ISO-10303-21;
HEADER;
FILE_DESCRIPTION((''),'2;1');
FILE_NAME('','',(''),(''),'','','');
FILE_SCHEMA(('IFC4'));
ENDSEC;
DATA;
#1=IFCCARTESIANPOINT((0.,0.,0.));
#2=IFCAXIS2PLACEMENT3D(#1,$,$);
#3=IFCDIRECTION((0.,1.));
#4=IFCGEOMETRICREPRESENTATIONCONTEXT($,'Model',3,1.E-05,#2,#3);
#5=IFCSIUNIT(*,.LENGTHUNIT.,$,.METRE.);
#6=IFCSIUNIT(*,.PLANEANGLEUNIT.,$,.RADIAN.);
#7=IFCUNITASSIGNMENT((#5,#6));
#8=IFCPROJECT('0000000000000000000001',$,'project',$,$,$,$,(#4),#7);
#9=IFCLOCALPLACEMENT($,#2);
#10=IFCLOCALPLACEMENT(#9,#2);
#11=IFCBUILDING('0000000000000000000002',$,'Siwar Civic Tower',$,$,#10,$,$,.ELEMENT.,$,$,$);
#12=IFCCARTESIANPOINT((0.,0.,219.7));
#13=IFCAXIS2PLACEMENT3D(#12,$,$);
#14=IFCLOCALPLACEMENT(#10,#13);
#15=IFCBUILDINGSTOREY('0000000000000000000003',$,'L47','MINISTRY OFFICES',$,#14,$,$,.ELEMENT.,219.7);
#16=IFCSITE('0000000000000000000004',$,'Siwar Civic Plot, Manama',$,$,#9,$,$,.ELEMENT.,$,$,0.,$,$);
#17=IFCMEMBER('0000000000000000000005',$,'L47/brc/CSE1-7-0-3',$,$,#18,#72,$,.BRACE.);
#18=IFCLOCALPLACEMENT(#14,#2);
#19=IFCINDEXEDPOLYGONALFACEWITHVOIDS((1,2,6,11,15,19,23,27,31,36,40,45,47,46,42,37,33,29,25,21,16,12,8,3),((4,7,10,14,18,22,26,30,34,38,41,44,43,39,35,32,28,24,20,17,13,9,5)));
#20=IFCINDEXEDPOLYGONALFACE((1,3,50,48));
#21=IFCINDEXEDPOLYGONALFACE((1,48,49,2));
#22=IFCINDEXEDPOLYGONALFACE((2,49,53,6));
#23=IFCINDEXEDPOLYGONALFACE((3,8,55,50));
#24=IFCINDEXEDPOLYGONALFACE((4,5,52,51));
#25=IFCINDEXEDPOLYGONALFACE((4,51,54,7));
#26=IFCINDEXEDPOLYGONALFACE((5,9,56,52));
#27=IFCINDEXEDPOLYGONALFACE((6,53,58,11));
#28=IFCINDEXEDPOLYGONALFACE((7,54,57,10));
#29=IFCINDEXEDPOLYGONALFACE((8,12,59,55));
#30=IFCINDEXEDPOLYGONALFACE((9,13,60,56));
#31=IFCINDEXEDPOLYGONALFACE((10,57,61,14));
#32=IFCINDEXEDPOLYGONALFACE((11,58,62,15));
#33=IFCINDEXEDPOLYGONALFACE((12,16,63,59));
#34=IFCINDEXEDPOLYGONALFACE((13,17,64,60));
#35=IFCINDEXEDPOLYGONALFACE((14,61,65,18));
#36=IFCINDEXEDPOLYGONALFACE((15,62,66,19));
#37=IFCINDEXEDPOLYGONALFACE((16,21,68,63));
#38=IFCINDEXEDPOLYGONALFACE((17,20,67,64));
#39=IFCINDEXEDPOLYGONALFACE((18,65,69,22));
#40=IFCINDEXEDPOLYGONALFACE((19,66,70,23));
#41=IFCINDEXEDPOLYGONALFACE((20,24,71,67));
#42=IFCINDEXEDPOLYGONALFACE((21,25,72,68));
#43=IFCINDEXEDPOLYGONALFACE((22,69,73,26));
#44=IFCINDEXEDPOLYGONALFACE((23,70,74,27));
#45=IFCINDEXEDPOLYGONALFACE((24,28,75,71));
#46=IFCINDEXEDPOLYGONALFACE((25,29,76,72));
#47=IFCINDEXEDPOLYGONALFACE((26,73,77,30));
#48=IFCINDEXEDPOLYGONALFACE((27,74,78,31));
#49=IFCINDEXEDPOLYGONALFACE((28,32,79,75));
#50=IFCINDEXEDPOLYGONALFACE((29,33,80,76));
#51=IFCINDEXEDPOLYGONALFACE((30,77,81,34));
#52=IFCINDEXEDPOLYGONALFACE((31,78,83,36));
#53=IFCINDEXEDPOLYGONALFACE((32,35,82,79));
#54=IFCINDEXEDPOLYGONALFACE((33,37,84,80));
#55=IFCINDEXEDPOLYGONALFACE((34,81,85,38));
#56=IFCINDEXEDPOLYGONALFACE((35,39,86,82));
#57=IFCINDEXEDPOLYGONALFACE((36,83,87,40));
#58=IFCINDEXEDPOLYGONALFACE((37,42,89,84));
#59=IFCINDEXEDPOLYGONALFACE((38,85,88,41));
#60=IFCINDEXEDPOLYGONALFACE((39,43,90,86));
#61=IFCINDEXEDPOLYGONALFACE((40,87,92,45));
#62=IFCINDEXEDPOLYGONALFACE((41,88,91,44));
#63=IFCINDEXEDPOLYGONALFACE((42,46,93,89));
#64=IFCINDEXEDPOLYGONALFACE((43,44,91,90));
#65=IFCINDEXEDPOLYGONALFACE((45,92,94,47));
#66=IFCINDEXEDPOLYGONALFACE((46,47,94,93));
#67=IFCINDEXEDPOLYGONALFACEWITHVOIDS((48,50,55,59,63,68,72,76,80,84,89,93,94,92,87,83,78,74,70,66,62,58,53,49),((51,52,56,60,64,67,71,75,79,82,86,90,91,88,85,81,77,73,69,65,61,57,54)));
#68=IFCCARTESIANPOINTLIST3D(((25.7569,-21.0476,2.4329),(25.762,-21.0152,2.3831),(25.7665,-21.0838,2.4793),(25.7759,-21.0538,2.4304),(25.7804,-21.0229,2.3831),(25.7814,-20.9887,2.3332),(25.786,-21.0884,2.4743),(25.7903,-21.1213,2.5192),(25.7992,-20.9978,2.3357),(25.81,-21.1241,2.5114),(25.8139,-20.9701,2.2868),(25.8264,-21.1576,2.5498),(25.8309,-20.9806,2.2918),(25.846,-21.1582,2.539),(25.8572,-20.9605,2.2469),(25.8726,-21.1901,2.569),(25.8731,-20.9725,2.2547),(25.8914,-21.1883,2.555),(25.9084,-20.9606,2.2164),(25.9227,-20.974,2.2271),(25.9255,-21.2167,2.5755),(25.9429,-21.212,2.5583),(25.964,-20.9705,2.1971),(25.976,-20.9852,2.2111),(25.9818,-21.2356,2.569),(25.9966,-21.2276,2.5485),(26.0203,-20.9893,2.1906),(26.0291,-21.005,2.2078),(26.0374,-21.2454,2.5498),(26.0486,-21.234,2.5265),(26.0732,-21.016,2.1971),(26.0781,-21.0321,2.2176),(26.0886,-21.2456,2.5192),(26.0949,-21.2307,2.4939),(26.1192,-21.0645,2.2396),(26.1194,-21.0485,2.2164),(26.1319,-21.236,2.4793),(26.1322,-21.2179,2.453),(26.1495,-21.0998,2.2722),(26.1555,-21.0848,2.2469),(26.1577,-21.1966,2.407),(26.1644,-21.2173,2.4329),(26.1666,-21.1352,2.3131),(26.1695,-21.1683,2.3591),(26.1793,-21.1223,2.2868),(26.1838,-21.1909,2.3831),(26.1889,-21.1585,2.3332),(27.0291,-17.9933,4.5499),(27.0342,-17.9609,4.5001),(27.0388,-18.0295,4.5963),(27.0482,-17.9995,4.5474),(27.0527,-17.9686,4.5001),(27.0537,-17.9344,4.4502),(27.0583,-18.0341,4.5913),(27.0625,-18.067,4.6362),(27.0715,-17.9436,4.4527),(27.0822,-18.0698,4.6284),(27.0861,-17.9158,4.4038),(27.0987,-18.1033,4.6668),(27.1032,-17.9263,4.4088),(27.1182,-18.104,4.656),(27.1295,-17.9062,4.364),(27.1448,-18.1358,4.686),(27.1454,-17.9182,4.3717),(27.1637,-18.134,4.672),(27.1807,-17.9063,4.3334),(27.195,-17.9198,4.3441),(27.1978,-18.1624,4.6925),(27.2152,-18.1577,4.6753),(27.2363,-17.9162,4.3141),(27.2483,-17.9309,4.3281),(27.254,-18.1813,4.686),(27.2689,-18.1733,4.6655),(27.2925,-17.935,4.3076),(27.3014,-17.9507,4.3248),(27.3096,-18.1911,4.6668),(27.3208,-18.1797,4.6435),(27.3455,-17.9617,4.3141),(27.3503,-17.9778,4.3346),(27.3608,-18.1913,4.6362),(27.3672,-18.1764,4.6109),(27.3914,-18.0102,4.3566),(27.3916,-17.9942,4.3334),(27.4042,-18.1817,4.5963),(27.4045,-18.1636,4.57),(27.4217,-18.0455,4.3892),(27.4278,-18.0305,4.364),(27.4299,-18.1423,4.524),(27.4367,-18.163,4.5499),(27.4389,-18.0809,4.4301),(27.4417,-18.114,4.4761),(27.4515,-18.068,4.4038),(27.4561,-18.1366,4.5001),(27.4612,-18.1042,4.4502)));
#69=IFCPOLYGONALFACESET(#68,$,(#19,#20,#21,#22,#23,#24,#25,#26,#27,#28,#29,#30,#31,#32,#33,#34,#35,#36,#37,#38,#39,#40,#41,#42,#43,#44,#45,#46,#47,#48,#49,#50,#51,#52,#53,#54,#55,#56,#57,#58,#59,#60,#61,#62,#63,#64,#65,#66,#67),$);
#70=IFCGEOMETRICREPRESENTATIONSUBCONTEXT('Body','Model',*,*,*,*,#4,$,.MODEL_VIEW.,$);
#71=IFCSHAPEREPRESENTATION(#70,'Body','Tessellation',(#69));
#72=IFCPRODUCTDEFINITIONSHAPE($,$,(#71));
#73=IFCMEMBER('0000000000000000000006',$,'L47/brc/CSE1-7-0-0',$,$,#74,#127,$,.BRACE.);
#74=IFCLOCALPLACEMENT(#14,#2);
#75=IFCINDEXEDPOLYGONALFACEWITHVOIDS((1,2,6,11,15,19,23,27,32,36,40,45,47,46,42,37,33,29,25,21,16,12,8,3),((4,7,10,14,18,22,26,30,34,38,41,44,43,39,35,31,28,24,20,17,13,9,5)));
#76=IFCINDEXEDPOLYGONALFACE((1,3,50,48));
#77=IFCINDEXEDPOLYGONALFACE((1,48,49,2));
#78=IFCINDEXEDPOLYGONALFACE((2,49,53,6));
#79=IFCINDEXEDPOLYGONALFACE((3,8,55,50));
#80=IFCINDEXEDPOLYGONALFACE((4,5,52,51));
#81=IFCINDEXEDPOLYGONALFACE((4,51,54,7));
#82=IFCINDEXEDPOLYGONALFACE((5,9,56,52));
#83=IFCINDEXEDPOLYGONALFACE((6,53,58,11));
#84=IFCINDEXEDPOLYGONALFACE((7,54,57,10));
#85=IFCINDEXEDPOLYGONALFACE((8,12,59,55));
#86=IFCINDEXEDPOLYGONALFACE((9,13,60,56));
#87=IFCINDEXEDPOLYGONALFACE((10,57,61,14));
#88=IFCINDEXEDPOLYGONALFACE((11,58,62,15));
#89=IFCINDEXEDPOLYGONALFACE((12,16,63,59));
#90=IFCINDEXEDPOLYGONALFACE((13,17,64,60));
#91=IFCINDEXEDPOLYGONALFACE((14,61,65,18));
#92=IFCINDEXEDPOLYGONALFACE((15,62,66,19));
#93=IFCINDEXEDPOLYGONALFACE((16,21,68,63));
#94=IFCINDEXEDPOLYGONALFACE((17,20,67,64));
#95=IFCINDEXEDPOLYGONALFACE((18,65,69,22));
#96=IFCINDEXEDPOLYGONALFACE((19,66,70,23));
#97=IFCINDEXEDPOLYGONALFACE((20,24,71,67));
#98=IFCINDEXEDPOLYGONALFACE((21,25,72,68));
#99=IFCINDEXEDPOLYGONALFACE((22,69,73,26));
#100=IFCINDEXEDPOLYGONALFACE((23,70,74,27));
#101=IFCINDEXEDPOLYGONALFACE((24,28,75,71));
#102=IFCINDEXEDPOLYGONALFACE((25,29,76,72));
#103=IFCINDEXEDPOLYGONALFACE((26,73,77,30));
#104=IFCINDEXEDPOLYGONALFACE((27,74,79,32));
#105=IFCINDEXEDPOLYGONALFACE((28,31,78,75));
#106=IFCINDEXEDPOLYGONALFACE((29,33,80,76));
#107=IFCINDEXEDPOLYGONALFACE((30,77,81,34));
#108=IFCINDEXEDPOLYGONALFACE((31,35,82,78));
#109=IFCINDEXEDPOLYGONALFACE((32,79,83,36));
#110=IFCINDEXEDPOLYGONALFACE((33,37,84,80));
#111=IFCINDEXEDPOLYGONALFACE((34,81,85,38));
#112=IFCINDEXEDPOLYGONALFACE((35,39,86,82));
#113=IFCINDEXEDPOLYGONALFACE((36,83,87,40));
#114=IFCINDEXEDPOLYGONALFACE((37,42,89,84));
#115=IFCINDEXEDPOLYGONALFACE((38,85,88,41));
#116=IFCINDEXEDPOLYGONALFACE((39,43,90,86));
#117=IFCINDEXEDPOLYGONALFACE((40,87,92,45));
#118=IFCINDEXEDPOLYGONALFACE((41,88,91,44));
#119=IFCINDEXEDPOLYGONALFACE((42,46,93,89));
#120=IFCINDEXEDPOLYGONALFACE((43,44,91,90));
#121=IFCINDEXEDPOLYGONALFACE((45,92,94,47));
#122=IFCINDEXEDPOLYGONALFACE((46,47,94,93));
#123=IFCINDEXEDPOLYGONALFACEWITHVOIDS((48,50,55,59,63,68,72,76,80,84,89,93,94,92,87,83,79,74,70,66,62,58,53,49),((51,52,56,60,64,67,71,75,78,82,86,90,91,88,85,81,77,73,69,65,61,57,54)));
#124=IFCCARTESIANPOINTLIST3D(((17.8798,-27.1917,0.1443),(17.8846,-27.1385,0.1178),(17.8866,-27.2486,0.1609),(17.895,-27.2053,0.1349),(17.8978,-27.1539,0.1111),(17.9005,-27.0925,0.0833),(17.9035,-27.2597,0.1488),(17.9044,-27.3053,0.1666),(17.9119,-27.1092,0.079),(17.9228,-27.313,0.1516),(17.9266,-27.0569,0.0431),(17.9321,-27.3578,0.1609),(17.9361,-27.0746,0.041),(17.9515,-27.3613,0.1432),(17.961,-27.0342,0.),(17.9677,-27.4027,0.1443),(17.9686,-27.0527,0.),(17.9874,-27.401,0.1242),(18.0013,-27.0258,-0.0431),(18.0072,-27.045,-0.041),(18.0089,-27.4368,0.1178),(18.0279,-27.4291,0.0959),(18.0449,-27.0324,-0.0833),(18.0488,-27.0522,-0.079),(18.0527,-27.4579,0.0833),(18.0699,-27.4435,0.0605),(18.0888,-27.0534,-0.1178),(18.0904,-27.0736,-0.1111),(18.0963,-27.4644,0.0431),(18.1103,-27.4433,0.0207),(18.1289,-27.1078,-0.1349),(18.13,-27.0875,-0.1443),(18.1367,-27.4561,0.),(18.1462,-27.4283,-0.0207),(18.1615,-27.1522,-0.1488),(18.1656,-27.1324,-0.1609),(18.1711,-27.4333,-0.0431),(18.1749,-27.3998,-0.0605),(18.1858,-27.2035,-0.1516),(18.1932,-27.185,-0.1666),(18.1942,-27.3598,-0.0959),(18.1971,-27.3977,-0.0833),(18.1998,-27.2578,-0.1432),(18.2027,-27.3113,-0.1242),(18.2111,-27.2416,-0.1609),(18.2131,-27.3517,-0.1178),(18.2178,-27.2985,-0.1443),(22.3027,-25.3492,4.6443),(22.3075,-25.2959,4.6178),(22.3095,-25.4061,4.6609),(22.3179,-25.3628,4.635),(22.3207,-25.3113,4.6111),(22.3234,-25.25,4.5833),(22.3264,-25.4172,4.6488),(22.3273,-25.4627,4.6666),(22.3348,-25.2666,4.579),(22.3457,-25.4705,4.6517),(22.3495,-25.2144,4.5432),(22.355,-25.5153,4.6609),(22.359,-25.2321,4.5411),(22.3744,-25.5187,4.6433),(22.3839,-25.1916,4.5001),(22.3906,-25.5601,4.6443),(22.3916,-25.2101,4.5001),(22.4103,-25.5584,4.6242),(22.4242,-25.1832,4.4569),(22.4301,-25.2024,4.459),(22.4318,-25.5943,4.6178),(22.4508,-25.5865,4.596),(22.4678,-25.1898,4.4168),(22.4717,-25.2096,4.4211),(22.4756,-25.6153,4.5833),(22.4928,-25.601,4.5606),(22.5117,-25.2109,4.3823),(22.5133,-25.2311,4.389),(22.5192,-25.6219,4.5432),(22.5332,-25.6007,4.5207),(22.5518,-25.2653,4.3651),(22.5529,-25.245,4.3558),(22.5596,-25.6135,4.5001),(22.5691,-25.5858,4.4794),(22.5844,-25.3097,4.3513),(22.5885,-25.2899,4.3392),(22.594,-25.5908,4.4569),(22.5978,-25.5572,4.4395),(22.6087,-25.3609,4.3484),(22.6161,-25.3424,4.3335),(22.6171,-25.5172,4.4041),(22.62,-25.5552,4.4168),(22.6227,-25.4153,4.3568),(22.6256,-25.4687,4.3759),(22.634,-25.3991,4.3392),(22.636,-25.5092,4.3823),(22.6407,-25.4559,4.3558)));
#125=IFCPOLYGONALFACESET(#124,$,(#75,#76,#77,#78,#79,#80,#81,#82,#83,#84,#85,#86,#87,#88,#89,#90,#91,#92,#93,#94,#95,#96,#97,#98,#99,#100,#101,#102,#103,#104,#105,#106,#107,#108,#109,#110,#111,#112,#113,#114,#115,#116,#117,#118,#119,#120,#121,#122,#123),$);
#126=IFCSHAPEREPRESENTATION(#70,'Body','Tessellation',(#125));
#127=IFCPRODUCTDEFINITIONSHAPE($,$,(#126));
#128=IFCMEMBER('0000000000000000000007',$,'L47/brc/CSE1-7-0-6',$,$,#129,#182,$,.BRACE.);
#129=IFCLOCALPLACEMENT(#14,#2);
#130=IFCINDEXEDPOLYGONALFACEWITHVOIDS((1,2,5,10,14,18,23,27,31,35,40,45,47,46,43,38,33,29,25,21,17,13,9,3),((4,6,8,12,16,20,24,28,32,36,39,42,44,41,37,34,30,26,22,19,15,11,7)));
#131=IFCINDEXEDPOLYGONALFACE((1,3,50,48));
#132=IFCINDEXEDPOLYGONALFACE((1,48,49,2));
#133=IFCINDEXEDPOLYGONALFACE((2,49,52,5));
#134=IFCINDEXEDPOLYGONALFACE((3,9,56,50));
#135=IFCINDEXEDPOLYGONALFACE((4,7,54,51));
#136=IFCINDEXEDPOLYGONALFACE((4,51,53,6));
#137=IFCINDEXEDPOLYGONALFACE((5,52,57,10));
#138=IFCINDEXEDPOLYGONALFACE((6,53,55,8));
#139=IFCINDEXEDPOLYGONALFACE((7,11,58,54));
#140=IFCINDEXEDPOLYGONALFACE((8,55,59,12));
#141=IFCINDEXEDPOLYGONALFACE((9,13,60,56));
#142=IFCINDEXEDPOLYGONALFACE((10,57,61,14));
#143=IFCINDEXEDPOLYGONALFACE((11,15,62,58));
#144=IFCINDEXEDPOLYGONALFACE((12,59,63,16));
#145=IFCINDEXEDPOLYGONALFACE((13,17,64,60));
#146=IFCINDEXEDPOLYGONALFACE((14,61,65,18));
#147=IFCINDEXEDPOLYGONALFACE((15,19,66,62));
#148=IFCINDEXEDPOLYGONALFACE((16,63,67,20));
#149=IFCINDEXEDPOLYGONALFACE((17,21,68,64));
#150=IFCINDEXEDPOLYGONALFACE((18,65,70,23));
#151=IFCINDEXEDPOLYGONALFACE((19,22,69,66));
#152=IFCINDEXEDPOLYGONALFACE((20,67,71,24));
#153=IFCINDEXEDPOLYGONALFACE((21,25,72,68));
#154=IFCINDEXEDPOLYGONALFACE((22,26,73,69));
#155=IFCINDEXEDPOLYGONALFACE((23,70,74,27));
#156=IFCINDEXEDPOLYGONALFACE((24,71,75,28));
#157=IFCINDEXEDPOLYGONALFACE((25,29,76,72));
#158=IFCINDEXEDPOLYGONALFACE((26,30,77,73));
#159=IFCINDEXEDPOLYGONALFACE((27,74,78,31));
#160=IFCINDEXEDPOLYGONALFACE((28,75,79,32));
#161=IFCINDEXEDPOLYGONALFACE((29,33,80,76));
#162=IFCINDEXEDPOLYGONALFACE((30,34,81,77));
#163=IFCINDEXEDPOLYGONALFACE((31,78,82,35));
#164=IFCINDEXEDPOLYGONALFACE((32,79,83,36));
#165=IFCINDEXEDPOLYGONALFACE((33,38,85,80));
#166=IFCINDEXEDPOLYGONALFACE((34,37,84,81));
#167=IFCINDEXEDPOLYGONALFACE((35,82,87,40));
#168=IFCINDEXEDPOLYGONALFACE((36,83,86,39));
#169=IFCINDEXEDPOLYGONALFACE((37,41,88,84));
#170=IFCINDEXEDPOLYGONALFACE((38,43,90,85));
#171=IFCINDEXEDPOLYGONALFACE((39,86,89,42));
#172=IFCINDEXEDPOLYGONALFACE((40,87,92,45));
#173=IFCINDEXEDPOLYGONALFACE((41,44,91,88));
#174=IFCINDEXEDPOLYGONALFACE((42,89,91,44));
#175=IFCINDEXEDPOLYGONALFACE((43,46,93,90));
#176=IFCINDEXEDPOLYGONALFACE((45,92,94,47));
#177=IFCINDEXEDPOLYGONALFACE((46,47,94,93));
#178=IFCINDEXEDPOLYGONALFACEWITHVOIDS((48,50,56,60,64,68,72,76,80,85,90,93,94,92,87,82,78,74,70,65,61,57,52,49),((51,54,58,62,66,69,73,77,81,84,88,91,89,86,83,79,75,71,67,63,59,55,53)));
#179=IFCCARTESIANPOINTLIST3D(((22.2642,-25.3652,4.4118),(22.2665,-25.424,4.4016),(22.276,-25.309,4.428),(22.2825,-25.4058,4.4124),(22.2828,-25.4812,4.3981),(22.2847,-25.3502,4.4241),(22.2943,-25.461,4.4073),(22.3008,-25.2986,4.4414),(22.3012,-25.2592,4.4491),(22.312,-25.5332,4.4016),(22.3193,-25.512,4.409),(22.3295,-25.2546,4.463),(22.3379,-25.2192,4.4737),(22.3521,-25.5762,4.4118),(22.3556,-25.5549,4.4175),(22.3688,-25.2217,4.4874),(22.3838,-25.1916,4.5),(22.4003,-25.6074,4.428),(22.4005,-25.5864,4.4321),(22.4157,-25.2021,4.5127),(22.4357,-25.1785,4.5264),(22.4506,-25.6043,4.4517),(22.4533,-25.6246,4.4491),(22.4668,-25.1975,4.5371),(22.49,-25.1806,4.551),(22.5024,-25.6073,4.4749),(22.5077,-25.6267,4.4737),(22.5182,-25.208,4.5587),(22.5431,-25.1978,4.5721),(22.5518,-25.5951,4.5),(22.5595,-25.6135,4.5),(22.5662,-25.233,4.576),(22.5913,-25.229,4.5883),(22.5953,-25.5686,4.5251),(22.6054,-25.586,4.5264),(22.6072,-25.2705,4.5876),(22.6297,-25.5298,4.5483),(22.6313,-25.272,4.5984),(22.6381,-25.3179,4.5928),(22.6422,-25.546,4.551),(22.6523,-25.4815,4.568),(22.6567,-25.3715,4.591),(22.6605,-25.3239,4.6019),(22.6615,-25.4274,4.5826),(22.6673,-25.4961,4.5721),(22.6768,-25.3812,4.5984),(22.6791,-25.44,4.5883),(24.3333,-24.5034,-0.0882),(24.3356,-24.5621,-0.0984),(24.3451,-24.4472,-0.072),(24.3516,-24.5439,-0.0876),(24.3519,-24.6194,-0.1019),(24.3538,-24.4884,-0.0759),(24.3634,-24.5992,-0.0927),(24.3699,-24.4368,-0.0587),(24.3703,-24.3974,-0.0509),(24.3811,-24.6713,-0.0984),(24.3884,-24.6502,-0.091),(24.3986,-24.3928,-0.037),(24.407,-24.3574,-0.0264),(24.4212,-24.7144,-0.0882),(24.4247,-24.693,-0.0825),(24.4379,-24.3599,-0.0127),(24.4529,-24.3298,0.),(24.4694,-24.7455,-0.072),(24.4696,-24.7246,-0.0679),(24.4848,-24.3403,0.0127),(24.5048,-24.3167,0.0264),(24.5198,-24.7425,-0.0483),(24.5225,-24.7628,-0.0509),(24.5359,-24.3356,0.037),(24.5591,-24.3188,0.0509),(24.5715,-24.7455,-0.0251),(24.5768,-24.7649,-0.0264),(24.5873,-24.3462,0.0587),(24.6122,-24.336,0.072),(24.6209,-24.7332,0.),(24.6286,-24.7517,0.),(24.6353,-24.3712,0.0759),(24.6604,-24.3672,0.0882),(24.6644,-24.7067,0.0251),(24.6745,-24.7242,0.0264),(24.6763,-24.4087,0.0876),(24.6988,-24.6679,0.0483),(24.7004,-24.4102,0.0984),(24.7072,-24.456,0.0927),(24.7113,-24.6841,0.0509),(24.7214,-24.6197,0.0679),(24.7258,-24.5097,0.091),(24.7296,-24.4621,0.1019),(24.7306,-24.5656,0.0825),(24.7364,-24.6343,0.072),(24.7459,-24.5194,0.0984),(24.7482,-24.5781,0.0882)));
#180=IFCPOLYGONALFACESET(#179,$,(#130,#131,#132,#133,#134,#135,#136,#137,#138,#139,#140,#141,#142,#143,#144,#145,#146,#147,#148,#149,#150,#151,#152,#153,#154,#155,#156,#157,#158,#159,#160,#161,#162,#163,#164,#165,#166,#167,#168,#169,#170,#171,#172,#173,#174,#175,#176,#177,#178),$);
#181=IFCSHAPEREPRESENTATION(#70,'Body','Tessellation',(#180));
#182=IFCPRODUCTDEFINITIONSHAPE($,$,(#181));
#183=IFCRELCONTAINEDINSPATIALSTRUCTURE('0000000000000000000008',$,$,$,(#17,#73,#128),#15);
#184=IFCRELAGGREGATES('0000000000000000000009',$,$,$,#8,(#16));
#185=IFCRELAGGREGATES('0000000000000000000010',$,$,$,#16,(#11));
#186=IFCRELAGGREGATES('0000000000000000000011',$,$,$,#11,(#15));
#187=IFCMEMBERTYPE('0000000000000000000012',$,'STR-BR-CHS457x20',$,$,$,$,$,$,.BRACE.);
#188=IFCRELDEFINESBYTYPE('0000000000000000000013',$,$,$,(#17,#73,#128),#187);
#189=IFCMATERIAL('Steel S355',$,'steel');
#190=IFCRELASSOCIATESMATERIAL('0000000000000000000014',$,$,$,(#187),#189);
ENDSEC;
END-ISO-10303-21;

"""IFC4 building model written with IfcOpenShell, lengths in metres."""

from ifc_helpers import new_model, si_unit, direction, frame, origin, origin_2d, place, context, subcontext, project, spatial, hollow_circle, extrude, material, material_profile, profile_set, type_object, element, save


model = new_model("IFC4")

# Units and contexts
model_context = context("Model", 3, precision=1e-05, world=origin(), true_north=direction((0.0, 1.0)))
body_context = subcontext(model_context, "Body", "Model", "MODEL_VIEW")
ifc_project = project(units=[si_unit("LENGTHUNIT", "METRE"), si_unit("PLANEANGLEUNIT", "RADIAN")], contexts=[model_context])

# Site, building, storey
site_placement = place(None, origin())
site = spatial("IfcSite", under=ifc_project, at=site_placement, Name="Siwar Civic Plot, Manama", CompositionType="ELEMENT", RefElevation=0.0)
building_placement = place(site_placement, origin())
building = spatial("IfcBuilding", under=site, at=building_placement, Name="Siwar Civic Tower", CompositionType="ELEMENT")
storey_placement = place(building_placement, frame((0.0, 0.0, 219.7)))
storey = spatial("IfcBuildingStorey", under=building, at=storey_placement, Name="L47", Description="MINISTRY OFFICES", CompositionType="ELEMENT", Elevation=219.7)

# Members
ifc_material_1 = material(Name="Steel S355", Category="steel")
ifc_material_profile_1 = material_profile(ifc_material_1, hollow_circle(Radius=0.2285, WallThickness=0.02, at=origin_2d()), Name="CHS457x20")
ifc_profile_set_1 = profile_set([ifc_material_profile_1], Name="Steel S355")
member_type_1 = type_object("IfcMemberType", Name="STR-BR-CHS457x20", PredefinedType="BRACE", material=ifc_profile_set_1)
for number, where, z_axis, x_axis, name in (
    (1, (25.9729, -21.103, 2.3831), (0.323895, 0.777572, 0.538955), (-0.923116, 0.384521, 0.0), "L47/brc/CSE1-7-0-3"),
):
    element("IfcMember", number, at=place(storey_placement, frame(where, z_axis=z_axis, x_axis=x_axis)), inside=storey, type_object=member_type_1, Name=name, PredefinedType="BRACE", context=body_context, shape_type="SweptSolid", body=[
        extrude(hollow_circle(Radius=0.2285, WallThickness=0.02, at=origin_2d()), origin(), (0.0, 0.0, 1.0), 3.928),
    ])
member_1_placement = place(storey_placement, frame((18.0488, -27.2451, 0.0), z_axis=(0.672865, 0.280311, 0.684601), x_axis=(-0.384557, 0.923101, 0.0)))
element("IfcMember", 2, at=member_1_placement, inside=storey, type_object=member_type_1, Name="L47/brc/CSE1-7-0-0", PredefinedType="BRACE", context=body_context, shape_type="SweptSolid", body=[
    extrude(hollow_circle(Radius=0.2285, WallThickness=0.02, at=origin_2d()), origin(), (0.0, 0.0, 1.0), 6.5732),
])
member_2_placement = place(storey_placement, frame((24.5408, -24.5408, 0.0), z_axis=(-0.41157, -0.171427, 0.895111), x_axis=(0.384499, -0.923125, 0.0)))
element("IfcMember", 3, at=member_2_placement, inside=storey, type_object=member_type_1, Name="L47/brc/CSE1-7-0-6", PredefinedType="BRACE", context=body_context, shape_type="SweptSolid", body=[
    extrude(hollow_circle(Radius=0.2285, WallThickness=0.02, at=origin_2d()), origin(), (0.0, 0.0, 1.0), 5.0273),
])

save(model, "model.ifc")
